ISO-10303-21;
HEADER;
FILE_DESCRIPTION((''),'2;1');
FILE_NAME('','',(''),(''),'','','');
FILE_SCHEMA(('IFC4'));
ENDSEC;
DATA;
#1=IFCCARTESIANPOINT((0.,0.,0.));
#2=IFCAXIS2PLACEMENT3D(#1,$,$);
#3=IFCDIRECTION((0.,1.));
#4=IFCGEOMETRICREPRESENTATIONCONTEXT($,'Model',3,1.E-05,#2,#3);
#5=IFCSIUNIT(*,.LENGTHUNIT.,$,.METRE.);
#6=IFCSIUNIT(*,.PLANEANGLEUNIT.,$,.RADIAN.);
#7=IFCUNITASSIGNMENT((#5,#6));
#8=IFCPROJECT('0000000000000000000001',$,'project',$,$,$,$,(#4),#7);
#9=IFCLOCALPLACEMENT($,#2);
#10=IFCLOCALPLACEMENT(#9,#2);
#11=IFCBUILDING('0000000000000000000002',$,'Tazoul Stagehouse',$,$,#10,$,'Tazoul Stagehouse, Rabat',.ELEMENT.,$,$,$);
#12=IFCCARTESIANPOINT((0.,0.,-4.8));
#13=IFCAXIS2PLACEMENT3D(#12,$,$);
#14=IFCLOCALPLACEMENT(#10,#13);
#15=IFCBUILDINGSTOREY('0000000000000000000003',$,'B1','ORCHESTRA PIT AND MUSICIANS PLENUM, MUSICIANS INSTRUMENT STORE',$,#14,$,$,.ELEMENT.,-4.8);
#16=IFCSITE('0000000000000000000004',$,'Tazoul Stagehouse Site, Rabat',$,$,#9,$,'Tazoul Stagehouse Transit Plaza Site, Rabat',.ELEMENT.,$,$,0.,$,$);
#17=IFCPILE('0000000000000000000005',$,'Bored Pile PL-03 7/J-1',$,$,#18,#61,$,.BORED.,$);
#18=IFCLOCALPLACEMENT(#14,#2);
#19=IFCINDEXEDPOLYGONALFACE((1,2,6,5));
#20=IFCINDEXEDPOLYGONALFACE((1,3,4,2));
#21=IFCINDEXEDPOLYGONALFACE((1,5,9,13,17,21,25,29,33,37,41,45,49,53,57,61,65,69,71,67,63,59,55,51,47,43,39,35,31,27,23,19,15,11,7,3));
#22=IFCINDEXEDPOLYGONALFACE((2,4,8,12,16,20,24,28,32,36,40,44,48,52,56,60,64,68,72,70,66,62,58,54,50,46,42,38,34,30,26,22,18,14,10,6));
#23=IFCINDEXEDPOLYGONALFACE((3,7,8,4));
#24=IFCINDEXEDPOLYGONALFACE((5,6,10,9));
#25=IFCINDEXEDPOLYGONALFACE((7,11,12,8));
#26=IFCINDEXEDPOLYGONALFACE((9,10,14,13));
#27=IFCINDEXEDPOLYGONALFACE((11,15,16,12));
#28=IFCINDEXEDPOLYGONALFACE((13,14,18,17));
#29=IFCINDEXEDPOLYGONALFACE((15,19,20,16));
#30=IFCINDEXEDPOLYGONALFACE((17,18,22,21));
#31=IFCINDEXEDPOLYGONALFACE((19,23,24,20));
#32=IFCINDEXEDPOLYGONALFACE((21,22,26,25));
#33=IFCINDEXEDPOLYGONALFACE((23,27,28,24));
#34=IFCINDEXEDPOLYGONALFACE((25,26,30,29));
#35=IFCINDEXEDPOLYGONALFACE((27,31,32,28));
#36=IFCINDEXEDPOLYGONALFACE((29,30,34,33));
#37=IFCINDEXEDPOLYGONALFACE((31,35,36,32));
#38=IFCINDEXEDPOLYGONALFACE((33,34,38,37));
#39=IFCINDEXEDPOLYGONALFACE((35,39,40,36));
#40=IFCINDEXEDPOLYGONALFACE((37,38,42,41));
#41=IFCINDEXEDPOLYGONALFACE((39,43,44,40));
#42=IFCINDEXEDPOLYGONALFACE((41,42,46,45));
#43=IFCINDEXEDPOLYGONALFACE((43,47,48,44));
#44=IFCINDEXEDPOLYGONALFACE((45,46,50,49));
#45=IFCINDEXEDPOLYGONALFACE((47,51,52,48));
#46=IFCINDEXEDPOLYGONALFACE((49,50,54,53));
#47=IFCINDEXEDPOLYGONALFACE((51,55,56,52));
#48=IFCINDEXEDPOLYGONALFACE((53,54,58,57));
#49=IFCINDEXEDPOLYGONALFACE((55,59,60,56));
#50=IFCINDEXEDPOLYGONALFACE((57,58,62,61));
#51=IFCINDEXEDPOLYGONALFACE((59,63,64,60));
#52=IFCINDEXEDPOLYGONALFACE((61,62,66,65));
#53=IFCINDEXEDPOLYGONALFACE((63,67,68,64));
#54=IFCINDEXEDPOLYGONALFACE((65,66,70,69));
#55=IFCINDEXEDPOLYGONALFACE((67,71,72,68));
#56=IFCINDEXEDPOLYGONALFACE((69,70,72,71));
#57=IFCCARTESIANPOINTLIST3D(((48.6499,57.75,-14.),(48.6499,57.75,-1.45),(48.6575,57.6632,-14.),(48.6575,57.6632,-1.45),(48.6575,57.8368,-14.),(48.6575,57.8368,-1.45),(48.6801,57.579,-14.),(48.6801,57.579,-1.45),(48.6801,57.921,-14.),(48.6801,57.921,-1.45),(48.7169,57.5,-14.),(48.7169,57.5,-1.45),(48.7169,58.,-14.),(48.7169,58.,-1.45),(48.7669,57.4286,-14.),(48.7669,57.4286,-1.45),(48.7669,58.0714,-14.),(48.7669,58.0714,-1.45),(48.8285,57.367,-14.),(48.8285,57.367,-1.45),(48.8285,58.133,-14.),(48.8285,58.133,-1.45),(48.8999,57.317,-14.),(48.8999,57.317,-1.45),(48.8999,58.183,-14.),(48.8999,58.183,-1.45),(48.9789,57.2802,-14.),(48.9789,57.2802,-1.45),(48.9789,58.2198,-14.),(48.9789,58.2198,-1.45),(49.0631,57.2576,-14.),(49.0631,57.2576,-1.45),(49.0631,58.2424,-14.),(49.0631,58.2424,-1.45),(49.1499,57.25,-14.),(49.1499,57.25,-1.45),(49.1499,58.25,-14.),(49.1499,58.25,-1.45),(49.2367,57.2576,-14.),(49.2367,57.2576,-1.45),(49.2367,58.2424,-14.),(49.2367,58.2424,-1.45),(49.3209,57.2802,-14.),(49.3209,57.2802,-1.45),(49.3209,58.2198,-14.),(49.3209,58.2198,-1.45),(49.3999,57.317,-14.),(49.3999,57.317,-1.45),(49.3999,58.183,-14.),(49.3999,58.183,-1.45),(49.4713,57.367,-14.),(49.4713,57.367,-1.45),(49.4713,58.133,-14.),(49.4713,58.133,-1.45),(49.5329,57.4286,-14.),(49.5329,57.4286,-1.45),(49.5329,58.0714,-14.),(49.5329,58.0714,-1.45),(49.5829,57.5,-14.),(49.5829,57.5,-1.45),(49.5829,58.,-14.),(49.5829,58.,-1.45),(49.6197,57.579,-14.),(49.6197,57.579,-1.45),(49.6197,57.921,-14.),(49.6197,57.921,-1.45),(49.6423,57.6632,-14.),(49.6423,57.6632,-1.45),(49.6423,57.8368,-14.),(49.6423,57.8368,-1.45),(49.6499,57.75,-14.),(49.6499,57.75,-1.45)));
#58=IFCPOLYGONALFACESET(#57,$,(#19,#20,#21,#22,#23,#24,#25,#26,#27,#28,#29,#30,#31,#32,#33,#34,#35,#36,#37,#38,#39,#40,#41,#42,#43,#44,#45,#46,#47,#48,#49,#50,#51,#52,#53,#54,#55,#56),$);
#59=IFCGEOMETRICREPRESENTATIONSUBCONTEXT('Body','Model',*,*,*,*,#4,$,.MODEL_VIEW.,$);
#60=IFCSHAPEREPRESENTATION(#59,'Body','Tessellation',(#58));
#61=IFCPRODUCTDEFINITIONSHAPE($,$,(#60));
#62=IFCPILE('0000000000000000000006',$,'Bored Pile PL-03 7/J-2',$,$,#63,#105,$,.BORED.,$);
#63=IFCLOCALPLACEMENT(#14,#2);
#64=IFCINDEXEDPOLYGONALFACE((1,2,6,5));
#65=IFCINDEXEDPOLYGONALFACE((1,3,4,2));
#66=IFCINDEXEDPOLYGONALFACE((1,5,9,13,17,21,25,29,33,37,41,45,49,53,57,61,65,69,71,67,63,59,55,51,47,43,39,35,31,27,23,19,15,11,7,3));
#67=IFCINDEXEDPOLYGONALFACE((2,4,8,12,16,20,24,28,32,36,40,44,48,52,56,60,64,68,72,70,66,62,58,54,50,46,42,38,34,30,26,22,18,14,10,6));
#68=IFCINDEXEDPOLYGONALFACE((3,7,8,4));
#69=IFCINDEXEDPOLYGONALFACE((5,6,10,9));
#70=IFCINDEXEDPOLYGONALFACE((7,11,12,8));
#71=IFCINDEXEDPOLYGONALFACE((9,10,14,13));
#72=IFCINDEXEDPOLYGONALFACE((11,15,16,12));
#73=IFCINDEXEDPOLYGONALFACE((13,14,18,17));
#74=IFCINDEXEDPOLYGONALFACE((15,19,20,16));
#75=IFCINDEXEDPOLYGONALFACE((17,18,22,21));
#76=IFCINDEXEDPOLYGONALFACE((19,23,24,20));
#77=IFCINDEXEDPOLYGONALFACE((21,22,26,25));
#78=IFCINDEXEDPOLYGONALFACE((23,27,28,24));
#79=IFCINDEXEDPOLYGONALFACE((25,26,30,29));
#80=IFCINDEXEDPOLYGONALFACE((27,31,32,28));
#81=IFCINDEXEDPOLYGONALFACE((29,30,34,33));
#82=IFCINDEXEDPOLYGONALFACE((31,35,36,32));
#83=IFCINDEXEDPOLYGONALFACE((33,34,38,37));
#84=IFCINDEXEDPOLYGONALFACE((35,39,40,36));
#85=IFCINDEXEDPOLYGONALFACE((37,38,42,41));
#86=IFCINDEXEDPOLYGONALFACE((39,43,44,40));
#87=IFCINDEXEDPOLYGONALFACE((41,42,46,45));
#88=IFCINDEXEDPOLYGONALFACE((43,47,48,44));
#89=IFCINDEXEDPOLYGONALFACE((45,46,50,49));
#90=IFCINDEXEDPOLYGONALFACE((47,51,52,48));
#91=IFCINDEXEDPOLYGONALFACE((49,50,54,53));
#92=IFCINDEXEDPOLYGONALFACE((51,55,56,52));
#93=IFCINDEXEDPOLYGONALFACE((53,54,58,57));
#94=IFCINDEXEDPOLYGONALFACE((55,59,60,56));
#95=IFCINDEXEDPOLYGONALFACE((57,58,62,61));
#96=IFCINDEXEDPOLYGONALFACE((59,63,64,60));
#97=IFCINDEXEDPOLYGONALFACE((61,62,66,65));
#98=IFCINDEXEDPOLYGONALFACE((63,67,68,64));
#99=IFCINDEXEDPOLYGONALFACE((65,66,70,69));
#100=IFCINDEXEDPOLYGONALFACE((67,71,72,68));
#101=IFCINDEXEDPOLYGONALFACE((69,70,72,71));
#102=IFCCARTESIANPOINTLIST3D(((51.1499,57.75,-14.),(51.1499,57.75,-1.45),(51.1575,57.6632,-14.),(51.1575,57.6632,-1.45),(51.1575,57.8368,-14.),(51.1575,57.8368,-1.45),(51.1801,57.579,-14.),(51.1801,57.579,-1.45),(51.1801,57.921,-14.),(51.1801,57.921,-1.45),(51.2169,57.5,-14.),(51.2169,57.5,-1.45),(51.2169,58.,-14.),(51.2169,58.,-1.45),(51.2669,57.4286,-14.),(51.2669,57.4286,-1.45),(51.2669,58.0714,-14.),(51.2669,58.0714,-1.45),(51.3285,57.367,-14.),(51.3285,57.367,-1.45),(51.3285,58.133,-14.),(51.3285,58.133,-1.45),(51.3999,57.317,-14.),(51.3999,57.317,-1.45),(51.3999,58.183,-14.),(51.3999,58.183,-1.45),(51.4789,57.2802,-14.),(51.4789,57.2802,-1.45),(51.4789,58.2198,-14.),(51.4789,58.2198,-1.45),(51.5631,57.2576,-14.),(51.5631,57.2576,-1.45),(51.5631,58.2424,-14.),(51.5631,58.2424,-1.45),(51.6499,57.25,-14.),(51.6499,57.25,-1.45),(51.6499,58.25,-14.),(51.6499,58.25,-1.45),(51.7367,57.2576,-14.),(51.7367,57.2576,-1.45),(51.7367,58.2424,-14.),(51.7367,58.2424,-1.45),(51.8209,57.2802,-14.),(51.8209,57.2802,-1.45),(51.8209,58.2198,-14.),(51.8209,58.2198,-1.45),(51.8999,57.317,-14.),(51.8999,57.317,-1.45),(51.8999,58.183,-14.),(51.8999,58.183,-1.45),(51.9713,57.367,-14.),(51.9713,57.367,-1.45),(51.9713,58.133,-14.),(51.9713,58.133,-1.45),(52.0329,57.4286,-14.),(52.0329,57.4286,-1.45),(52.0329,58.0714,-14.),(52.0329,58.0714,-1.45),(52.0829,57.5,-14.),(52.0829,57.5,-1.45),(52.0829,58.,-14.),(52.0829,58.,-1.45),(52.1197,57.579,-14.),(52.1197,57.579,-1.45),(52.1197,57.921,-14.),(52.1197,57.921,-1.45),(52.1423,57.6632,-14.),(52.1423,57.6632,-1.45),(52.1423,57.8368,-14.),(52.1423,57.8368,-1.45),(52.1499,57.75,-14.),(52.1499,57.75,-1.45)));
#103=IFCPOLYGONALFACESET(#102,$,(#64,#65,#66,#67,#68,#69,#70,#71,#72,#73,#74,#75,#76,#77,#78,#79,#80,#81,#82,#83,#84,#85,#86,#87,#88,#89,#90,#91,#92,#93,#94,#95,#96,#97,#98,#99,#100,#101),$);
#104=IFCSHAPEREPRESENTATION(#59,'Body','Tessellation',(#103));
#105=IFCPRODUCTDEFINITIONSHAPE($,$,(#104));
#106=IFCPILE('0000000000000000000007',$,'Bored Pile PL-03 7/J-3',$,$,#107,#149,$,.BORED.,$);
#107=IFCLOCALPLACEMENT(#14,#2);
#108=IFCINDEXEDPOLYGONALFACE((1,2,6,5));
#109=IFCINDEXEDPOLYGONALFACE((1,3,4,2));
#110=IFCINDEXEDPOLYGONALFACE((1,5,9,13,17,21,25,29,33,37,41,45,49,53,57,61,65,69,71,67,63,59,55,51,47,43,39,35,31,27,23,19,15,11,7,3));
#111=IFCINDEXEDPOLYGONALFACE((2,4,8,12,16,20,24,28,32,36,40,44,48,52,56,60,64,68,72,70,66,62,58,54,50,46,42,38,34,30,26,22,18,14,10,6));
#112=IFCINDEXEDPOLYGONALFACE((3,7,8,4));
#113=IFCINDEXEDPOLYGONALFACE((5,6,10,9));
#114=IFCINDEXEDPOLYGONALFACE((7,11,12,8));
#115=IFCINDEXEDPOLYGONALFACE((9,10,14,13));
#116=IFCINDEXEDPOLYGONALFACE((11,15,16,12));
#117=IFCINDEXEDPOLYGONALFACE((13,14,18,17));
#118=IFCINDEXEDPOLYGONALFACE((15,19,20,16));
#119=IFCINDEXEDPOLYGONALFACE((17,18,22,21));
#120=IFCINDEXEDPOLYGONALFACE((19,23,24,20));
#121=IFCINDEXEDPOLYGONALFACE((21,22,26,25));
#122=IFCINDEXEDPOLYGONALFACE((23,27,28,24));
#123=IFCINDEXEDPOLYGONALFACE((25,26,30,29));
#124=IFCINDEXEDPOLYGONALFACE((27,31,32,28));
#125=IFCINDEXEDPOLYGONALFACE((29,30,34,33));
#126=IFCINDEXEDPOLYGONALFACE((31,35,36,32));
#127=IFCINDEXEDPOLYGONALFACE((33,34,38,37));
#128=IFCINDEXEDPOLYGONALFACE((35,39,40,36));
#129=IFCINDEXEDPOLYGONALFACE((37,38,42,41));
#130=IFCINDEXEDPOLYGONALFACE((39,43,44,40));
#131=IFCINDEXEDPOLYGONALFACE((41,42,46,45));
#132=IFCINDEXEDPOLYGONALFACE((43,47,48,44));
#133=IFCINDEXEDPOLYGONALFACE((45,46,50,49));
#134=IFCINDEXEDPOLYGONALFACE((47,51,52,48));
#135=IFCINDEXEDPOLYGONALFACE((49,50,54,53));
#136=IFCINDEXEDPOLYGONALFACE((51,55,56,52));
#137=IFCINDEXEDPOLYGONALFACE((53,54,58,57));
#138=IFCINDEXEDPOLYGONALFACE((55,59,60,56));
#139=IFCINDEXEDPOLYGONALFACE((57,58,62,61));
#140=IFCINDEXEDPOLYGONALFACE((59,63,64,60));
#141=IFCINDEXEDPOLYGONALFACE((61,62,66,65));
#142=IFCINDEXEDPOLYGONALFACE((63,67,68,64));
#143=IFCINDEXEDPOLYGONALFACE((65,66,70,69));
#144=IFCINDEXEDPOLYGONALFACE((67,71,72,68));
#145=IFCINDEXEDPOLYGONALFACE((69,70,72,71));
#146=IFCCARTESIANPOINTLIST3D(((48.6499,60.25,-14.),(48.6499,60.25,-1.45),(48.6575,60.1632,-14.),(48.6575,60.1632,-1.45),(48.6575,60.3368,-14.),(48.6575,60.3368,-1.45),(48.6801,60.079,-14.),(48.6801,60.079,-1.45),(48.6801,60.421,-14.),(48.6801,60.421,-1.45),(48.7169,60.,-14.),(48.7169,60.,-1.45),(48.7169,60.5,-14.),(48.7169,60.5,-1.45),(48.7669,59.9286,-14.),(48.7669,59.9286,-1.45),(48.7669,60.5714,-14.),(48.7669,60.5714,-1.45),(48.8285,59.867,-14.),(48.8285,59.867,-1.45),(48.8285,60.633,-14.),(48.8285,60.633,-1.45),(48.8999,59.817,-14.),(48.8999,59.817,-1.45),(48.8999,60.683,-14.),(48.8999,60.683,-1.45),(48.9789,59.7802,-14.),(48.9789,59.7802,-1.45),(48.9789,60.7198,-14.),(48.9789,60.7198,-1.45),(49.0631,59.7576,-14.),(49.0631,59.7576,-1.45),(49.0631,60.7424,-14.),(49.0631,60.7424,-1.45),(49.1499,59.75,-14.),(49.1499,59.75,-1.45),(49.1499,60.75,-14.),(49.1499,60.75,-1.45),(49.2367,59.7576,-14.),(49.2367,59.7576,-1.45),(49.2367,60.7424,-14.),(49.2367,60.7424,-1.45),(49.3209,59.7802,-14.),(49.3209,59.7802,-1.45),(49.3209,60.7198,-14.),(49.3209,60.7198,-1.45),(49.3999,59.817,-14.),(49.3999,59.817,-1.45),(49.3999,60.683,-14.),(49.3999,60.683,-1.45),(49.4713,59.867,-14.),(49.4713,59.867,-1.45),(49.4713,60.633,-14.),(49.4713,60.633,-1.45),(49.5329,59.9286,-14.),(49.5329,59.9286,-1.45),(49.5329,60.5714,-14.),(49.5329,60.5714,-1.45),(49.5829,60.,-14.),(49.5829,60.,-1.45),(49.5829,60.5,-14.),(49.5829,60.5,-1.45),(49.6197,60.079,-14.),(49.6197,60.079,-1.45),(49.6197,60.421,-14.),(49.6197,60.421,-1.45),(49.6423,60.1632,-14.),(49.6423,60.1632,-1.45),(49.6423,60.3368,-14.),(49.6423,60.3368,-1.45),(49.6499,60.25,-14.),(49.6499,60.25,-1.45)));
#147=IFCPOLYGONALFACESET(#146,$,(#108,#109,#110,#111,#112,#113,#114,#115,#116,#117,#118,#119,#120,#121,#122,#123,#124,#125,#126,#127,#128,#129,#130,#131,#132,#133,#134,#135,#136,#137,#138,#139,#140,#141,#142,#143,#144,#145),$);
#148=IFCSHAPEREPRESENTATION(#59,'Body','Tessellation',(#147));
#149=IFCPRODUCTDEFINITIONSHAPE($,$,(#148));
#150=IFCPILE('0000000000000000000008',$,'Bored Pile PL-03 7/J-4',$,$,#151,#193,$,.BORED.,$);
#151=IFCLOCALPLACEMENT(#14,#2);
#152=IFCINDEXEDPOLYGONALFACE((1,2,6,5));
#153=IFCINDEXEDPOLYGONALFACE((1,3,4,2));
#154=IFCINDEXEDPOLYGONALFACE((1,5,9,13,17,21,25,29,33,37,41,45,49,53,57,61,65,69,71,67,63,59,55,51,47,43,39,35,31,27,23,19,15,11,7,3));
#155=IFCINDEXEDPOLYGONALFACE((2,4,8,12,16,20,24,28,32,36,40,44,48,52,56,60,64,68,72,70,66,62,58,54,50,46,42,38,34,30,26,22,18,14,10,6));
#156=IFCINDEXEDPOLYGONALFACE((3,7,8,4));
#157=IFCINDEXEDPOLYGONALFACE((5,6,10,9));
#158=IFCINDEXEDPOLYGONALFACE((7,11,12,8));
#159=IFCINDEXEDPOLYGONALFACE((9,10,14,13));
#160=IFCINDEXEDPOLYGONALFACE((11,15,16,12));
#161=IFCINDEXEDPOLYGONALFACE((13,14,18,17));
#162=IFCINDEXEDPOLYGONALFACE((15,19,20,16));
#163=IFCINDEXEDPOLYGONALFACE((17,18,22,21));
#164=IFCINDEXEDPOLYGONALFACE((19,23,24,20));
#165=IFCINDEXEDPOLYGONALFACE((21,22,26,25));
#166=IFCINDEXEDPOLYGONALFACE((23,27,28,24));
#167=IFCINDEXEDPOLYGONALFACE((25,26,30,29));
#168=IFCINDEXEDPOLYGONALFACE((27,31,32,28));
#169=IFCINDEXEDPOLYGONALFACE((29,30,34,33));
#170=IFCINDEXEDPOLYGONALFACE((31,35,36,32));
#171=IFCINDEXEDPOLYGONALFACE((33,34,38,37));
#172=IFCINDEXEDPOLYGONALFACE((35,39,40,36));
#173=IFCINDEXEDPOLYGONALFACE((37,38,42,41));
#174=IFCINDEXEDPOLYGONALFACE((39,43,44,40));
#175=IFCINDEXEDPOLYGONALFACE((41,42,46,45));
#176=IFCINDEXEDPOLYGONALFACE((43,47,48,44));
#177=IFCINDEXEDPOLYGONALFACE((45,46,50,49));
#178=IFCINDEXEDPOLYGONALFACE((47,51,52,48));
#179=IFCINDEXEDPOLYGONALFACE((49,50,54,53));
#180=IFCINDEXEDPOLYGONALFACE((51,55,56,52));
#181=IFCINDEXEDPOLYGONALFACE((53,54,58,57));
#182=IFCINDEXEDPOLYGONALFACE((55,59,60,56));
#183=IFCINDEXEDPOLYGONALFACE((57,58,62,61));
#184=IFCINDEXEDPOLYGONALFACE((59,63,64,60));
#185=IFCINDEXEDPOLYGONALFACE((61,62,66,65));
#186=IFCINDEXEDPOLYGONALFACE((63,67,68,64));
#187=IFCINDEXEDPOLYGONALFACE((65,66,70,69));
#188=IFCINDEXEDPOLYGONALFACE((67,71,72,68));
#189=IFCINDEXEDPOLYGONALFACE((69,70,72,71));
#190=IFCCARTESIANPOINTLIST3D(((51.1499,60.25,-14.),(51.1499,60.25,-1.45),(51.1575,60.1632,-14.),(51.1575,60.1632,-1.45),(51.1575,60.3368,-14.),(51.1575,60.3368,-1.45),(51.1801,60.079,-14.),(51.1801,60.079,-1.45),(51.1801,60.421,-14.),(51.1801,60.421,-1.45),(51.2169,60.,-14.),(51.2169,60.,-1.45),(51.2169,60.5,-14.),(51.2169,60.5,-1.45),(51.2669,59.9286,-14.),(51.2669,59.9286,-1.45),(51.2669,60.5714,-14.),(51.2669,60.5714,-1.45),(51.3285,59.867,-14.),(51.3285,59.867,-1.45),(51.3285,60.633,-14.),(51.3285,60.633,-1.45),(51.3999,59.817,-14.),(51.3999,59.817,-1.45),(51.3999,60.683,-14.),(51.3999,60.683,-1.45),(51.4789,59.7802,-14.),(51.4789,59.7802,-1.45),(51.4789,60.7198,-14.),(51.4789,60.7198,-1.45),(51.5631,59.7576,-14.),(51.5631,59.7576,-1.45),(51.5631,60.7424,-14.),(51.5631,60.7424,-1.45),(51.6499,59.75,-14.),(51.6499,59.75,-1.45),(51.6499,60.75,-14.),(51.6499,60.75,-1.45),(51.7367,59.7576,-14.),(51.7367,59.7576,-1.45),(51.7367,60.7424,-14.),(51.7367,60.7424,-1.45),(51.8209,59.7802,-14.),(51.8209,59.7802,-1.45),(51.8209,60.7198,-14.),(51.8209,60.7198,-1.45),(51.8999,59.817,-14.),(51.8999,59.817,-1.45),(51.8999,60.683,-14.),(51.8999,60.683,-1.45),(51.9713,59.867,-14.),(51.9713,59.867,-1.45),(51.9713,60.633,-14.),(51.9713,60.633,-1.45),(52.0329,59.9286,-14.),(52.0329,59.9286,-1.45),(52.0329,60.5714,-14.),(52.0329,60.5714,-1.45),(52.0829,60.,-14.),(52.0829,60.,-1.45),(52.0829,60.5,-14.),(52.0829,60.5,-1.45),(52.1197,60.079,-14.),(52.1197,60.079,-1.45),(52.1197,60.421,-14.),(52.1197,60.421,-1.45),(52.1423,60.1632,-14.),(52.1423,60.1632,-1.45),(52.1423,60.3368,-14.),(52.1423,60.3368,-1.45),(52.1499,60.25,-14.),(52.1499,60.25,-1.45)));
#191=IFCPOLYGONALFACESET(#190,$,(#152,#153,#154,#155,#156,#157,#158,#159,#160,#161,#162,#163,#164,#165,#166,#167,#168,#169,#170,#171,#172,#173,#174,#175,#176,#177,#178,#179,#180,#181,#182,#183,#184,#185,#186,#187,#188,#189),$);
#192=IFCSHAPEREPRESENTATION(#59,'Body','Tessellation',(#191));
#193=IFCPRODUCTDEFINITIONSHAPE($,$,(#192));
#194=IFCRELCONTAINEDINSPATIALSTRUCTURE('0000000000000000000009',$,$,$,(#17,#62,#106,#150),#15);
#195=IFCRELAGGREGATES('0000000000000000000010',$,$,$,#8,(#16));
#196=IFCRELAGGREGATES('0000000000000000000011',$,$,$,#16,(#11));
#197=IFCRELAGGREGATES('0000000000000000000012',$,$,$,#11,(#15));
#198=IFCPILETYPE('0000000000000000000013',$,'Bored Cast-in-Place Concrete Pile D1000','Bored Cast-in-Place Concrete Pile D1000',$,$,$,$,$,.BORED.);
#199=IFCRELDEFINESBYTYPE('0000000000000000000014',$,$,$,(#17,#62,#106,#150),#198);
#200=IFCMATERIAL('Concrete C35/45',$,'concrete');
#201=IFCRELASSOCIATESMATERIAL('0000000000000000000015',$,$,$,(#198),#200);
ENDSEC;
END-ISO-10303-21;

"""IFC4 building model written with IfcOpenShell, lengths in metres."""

from ifc_helpers import new_model, si_unit, direction, frame, origin, origin_2d, place, context, subcontext, project, spatial, circle, extrude, material, material_profile, profile_set, type_object, element, save


model = new_model("IFC4")

# Units and contexts
model_context = context("Model", 3, precision=1e-05, world=origin(), true_north=direction((0.0, 1.0)))
body_context = subcontext(model_context, "Body", "Model", "MODEL_VIEW")
ifc_project = project(units=[si_unit("LENGTHUNIT", "METRE"), si_unit("PLANEANGLEUNIT", "RADIAN")], contexts=[model_context])

# Site, building, storey
site_placement = place(None, origin())
site = spatial("IfcSite", under=ifc_project, at=site_placement, Name="Tazoul Stagehouse Site, Rabat", LongName="Tazoul Stagehouse Transit Plaza Site, Rabat", CompositionType="ELEMENT", RefElevation=0.0)
building_placement = place(site_placement, origin())
building = spatial("IfcBuilding", under=site, at=building_placement, Name="Tazoul Stagehouse", LongName="Tazoul Stagehouse, Rabat", CompositionType="ELEMENT")
storey_placement = place(building_placement, frame((0.0, 0.0, -4.8)))
storey = spatial("IfcBuildingStorey", under=building, at=storey_placement, Name="B1", Description="ORCHESTRA PIT AND MUSICIANS PLENUM, MUSICIANS INSTRUMENT STORE", CompositionType="ELEMENT", Elevation=-4.8)

# Piles
ifc_material_1 = material(Name="Concrete C35/45", Category="concrete")
ifc_material_profile_1 = material_profile(ifc_material_1, circle(Radius=0.5, at=origin_2d()), Name="BORED PILE 1000")
ifc_profile_set_1 = profile_set([ifc_material_profile_1], Name="Concrete C35/45")
pile_type = type_object("IfcPileType", Name="Bored Cast-in-Place Concrete Pile D1000", Description="Bored Cast-in-Place Concrete Pile D1000", PredefinedType="BORED", material=ifc_profile_set_1)
for number, where, z_axis, x_axis, name in (
    (1, (49.1499, 57.75, -1.45), (0.0, 0.0, -1.0), (1.0, 0.0, 0.0), "Bored Pile PL-03 7/J-1"),
    (2, (51.6499, 57.75, -1.45), (0.0, 0.0, -1.0), (1.0, 0.0, 0.0), "Bored Pile PL-03 7/J-2"),
    (3, (49.1499, 60.25, -1.45), (0.0, 0.0, -1.0), (1.0, 0.0, 0.0), "Bored Pile PL-03 7/J-3"),
    (4, (51.6499, 60.25, -1.45), (0.0, 0.0, -1.0), (1.0, 0.0, 0.0), "Bored Pile PL-03 7/J-4"),
):
    element("IfcPile", number, at=place(storey_placement, frame(where, z_axis=z_axis, x_axis=x_axis)), inside=storey, type_object=pile_type, Name=name, PredefinedType="BORED", context=body_context, shape_type="SweptSolid", body=[
        extrude(circle(Radius=0.5, at=origin_2d()), origin(), (0.0, 0.0, 1.0), 12.55),
    ])

save(model, "model.ifc")
